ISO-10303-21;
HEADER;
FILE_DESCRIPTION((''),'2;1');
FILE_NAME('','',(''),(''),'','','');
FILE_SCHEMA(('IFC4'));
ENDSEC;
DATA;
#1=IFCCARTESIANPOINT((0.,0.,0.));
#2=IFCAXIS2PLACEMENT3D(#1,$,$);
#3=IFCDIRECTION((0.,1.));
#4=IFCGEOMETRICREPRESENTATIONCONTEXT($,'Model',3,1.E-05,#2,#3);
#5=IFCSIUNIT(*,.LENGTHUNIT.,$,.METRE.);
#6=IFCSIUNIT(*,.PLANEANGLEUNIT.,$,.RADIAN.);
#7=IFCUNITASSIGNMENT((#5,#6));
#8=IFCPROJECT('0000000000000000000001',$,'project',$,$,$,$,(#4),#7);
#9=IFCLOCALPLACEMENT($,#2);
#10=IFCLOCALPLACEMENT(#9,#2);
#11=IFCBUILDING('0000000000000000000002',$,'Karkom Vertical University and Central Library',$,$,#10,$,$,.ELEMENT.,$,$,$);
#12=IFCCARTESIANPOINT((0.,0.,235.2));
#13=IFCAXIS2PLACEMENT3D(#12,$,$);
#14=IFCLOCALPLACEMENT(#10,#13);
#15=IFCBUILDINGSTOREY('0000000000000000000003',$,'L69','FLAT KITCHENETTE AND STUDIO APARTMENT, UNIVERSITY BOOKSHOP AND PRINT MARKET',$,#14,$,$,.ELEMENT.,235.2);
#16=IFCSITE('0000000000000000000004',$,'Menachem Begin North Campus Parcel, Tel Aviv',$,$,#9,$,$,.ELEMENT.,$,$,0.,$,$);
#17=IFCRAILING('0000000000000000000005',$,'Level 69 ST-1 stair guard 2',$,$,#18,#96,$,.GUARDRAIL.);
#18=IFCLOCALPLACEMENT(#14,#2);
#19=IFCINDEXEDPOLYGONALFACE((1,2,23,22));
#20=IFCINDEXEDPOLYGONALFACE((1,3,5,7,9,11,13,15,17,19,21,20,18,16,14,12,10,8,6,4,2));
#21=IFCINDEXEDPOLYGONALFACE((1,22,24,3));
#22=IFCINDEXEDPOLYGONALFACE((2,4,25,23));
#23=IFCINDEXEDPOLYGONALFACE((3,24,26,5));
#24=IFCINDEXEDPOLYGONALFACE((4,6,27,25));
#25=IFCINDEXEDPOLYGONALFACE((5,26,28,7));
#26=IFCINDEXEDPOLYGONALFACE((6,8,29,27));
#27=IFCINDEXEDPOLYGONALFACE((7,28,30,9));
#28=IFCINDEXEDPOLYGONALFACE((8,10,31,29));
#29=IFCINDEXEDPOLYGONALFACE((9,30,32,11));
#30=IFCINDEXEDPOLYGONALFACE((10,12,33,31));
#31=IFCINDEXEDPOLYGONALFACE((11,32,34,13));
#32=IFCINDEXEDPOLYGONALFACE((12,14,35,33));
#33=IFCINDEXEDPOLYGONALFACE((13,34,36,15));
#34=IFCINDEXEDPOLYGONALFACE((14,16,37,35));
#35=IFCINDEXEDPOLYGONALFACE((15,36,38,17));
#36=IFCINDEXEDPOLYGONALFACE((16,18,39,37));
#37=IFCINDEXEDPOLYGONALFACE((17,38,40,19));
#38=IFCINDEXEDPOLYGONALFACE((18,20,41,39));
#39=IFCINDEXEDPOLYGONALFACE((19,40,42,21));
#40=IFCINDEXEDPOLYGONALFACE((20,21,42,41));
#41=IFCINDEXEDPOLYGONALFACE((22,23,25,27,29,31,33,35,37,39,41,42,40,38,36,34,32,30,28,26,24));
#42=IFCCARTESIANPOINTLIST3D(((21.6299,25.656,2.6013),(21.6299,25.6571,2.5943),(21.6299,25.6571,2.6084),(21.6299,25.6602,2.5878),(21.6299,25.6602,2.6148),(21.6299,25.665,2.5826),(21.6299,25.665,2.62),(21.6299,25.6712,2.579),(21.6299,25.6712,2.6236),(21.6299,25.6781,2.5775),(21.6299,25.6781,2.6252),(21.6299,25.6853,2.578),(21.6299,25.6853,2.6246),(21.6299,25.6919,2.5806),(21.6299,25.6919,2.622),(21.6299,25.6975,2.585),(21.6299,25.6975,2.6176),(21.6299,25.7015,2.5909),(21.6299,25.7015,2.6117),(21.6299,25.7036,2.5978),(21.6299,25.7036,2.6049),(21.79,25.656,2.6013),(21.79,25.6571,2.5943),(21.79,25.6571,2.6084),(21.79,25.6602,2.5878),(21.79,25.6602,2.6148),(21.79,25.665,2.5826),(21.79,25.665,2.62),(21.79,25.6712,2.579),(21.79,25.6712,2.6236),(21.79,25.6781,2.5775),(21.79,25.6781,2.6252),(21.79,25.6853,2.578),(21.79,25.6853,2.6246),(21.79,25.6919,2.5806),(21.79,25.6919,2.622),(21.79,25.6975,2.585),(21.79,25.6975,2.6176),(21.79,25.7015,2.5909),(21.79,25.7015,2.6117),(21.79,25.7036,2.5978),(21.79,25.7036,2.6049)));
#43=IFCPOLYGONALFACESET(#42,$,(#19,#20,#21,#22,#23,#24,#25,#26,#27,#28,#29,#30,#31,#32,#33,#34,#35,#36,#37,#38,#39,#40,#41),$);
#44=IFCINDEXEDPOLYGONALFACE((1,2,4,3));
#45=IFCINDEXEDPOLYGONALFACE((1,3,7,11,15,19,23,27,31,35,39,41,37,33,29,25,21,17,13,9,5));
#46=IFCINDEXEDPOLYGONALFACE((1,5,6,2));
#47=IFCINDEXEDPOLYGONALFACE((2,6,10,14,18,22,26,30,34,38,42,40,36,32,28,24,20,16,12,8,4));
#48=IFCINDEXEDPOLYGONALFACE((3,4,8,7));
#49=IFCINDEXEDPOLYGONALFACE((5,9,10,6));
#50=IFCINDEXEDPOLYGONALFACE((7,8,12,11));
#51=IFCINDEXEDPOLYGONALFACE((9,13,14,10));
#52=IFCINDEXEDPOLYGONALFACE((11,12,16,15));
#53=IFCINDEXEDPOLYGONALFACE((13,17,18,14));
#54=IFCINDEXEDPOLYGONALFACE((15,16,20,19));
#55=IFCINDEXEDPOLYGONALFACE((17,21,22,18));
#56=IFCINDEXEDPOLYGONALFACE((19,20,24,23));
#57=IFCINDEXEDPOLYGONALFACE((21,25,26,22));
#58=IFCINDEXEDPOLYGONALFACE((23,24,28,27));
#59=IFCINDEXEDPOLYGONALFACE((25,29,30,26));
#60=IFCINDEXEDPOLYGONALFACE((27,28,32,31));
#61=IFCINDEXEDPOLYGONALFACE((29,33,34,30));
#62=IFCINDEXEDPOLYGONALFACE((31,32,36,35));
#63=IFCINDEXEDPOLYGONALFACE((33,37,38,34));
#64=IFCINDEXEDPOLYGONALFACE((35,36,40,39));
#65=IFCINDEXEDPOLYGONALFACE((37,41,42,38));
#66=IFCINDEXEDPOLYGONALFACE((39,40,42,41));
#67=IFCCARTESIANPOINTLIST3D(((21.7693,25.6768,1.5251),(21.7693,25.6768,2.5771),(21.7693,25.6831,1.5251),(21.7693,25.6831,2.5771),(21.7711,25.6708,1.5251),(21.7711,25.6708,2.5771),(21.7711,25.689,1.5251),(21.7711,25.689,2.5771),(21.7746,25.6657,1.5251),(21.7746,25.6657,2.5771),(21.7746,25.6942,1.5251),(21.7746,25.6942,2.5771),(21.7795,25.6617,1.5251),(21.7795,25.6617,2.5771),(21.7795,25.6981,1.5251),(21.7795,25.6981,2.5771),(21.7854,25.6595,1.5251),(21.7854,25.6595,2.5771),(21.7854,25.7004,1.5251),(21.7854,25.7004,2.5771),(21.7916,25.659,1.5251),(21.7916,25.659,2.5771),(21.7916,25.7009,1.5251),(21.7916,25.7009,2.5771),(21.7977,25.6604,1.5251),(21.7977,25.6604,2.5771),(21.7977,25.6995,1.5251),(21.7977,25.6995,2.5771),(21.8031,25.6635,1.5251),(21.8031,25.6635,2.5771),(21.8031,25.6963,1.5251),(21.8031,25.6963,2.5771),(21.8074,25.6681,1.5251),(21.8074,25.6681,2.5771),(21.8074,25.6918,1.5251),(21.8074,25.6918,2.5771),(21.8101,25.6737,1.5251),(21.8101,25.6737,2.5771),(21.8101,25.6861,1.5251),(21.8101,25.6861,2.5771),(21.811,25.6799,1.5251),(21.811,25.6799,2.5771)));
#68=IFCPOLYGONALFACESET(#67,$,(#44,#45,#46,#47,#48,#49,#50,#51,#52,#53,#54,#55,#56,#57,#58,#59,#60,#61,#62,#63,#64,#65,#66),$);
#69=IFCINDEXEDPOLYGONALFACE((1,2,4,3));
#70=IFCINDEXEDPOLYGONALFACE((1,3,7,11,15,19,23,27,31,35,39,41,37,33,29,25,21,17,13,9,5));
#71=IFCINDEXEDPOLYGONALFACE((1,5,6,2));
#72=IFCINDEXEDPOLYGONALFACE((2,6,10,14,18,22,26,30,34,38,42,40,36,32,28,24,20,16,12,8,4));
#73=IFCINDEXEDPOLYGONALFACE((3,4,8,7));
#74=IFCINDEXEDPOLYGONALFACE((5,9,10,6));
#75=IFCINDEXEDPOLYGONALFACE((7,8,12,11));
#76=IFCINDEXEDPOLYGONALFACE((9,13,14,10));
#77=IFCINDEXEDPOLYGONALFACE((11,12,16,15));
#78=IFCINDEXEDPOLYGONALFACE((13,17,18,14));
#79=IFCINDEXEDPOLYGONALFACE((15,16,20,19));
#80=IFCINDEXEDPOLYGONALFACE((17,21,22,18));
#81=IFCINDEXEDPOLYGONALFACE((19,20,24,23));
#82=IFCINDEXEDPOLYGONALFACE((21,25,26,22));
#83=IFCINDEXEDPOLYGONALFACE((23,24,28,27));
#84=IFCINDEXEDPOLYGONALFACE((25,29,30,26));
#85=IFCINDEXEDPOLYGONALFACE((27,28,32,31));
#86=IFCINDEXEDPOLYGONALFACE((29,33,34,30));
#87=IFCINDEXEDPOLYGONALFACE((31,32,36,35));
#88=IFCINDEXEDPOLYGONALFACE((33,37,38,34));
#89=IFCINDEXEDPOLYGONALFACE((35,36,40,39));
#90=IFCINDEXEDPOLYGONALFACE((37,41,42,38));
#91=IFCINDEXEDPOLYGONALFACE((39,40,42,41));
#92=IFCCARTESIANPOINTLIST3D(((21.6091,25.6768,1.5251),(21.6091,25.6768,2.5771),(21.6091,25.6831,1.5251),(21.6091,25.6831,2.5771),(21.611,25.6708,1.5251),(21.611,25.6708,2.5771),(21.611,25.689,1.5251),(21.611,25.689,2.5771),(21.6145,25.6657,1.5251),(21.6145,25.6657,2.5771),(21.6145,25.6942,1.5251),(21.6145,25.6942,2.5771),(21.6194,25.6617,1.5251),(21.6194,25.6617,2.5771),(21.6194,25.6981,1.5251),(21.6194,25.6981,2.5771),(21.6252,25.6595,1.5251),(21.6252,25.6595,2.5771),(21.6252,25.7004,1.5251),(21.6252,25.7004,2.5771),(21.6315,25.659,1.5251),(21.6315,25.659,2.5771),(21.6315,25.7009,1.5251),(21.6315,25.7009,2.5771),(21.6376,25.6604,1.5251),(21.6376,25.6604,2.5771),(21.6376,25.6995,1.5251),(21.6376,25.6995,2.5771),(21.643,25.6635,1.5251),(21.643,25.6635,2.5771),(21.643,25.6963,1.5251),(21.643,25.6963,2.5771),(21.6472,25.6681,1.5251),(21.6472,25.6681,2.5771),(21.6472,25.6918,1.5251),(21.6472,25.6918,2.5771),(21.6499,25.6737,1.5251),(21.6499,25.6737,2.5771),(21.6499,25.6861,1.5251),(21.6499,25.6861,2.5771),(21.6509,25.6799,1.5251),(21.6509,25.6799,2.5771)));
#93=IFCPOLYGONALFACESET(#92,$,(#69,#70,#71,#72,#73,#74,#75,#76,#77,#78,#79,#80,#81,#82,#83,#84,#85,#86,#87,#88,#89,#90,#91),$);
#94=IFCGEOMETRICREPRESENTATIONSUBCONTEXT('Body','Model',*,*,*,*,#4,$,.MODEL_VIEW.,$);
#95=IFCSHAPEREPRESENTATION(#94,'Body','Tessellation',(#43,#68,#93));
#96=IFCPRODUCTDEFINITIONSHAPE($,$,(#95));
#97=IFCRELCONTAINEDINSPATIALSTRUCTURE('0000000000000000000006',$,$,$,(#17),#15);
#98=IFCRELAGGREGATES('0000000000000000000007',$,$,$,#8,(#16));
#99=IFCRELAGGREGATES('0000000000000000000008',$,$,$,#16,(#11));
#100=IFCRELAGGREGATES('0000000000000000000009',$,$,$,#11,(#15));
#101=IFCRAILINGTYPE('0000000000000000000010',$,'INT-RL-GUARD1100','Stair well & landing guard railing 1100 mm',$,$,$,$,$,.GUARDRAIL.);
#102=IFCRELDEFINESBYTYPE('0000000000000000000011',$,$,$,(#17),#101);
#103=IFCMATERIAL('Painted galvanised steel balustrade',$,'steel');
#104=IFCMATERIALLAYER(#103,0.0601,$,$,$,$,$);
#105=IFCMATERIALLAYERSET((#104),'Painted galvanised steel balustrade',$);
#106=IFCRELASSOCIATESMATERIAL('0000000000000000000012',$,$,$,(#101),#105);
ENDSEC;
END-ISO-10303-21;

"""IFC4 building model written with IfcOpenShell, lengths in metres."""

from ifc_helpers import new_model, si_unit, direction, frame, origin, origin_2d, place, context, subcontext, project, spatial, circle, extrude, material, layer, layer_set, type_object, element, save


model = new_model("IFC4")

# Units and contexts
model_context = context("Model", 3, precision=1e-05, world=origin(), true_north=direction((0.0, 1.0)))
body_context = subcontext(model_context, "Body", "Model", "MODEL_VIEW")
ifc_project = project(units=[si_unit("LENGTHUNIT", "METRE"), si_unit("PLANEANGLEUNIT", "RADIAN")], contexts=[model_context])

# Site, building, storey
site_placement = place(None, origin())
site = spatial("IfcSite", under=ifc_project, at=site_placement, Name="Menachem Begin North Campus Parcel, Tel Aviv", CompositionType="ELEMENT", RefElevation=0.0)
building_placement = place(site_placement, origin())
building = spatial("IfcBuilding", under=site, at=building_placement, Name="Karkom Vertical University and Central Library", CompositionType="ELEMENT")
storey_placement = place(building_placement, frame((0.0, 0.0, 235.2)))
storey = spatial("IfcBuildingStorey", under=building, at=storey_placement, Name="L69", Description="FLAT KITCHENETTE AND STUDIO APARTMENT, UNIVERSITY BOOKSHOP AND PRINT MARKET", CompositionType="ELEMENT", Elevation=235.2)

# Railing
ifc_material_1 = material(Name="Painted galvanised steel balustrade", Category="steel")
ifc_layer_1 = layer(ifc_material_1, 0.0601)
ifc_layer_set_1 = layer_set([ifc_layer_1], Name="Painted galvanised steel balustrade")
railing_type_1 = type_object("IfcRailingType", Name="INT-RL-GUARD1100", Description="Stair well & landing guard railing 1100 mm", PredefinedType="GUARDRAIL", material=ifc_layer_set_1)
railing_1_placement = place(storey_placement, frame((21.79, 25.6799, 1.5251)))
element("IfcRailing", 1, at=railing_1_placement, inside=storey, type_object=railing_type_1, Name="Level 69 ST-1 stair guard 2", PredefinedType="GUARDRAIL", context=body_context, shape_type="SweptSolid", body=[
    extrude(circle(Radius=0.0239, at=origin_2d()), frame((0.0, 0.0, 1.0762), z_axis=(-1.0, 0.0, 0.0), x_axis=(0.0, -1.0, 0.0)), (0.0, 0.0, 1.0), 0.1602),
    extrude(circle(Radius=0.021, at=origin_2d()), origin(), (0.0, 0.0, 1.0), 1.052),
    extrude(circle(Radius=0.021, at=origin_2d()), frame((-0.1602, 0.0, 0.0)), (0.0, 0.0, 1.0), 1.052),
])

save(model, "model.ifc")
